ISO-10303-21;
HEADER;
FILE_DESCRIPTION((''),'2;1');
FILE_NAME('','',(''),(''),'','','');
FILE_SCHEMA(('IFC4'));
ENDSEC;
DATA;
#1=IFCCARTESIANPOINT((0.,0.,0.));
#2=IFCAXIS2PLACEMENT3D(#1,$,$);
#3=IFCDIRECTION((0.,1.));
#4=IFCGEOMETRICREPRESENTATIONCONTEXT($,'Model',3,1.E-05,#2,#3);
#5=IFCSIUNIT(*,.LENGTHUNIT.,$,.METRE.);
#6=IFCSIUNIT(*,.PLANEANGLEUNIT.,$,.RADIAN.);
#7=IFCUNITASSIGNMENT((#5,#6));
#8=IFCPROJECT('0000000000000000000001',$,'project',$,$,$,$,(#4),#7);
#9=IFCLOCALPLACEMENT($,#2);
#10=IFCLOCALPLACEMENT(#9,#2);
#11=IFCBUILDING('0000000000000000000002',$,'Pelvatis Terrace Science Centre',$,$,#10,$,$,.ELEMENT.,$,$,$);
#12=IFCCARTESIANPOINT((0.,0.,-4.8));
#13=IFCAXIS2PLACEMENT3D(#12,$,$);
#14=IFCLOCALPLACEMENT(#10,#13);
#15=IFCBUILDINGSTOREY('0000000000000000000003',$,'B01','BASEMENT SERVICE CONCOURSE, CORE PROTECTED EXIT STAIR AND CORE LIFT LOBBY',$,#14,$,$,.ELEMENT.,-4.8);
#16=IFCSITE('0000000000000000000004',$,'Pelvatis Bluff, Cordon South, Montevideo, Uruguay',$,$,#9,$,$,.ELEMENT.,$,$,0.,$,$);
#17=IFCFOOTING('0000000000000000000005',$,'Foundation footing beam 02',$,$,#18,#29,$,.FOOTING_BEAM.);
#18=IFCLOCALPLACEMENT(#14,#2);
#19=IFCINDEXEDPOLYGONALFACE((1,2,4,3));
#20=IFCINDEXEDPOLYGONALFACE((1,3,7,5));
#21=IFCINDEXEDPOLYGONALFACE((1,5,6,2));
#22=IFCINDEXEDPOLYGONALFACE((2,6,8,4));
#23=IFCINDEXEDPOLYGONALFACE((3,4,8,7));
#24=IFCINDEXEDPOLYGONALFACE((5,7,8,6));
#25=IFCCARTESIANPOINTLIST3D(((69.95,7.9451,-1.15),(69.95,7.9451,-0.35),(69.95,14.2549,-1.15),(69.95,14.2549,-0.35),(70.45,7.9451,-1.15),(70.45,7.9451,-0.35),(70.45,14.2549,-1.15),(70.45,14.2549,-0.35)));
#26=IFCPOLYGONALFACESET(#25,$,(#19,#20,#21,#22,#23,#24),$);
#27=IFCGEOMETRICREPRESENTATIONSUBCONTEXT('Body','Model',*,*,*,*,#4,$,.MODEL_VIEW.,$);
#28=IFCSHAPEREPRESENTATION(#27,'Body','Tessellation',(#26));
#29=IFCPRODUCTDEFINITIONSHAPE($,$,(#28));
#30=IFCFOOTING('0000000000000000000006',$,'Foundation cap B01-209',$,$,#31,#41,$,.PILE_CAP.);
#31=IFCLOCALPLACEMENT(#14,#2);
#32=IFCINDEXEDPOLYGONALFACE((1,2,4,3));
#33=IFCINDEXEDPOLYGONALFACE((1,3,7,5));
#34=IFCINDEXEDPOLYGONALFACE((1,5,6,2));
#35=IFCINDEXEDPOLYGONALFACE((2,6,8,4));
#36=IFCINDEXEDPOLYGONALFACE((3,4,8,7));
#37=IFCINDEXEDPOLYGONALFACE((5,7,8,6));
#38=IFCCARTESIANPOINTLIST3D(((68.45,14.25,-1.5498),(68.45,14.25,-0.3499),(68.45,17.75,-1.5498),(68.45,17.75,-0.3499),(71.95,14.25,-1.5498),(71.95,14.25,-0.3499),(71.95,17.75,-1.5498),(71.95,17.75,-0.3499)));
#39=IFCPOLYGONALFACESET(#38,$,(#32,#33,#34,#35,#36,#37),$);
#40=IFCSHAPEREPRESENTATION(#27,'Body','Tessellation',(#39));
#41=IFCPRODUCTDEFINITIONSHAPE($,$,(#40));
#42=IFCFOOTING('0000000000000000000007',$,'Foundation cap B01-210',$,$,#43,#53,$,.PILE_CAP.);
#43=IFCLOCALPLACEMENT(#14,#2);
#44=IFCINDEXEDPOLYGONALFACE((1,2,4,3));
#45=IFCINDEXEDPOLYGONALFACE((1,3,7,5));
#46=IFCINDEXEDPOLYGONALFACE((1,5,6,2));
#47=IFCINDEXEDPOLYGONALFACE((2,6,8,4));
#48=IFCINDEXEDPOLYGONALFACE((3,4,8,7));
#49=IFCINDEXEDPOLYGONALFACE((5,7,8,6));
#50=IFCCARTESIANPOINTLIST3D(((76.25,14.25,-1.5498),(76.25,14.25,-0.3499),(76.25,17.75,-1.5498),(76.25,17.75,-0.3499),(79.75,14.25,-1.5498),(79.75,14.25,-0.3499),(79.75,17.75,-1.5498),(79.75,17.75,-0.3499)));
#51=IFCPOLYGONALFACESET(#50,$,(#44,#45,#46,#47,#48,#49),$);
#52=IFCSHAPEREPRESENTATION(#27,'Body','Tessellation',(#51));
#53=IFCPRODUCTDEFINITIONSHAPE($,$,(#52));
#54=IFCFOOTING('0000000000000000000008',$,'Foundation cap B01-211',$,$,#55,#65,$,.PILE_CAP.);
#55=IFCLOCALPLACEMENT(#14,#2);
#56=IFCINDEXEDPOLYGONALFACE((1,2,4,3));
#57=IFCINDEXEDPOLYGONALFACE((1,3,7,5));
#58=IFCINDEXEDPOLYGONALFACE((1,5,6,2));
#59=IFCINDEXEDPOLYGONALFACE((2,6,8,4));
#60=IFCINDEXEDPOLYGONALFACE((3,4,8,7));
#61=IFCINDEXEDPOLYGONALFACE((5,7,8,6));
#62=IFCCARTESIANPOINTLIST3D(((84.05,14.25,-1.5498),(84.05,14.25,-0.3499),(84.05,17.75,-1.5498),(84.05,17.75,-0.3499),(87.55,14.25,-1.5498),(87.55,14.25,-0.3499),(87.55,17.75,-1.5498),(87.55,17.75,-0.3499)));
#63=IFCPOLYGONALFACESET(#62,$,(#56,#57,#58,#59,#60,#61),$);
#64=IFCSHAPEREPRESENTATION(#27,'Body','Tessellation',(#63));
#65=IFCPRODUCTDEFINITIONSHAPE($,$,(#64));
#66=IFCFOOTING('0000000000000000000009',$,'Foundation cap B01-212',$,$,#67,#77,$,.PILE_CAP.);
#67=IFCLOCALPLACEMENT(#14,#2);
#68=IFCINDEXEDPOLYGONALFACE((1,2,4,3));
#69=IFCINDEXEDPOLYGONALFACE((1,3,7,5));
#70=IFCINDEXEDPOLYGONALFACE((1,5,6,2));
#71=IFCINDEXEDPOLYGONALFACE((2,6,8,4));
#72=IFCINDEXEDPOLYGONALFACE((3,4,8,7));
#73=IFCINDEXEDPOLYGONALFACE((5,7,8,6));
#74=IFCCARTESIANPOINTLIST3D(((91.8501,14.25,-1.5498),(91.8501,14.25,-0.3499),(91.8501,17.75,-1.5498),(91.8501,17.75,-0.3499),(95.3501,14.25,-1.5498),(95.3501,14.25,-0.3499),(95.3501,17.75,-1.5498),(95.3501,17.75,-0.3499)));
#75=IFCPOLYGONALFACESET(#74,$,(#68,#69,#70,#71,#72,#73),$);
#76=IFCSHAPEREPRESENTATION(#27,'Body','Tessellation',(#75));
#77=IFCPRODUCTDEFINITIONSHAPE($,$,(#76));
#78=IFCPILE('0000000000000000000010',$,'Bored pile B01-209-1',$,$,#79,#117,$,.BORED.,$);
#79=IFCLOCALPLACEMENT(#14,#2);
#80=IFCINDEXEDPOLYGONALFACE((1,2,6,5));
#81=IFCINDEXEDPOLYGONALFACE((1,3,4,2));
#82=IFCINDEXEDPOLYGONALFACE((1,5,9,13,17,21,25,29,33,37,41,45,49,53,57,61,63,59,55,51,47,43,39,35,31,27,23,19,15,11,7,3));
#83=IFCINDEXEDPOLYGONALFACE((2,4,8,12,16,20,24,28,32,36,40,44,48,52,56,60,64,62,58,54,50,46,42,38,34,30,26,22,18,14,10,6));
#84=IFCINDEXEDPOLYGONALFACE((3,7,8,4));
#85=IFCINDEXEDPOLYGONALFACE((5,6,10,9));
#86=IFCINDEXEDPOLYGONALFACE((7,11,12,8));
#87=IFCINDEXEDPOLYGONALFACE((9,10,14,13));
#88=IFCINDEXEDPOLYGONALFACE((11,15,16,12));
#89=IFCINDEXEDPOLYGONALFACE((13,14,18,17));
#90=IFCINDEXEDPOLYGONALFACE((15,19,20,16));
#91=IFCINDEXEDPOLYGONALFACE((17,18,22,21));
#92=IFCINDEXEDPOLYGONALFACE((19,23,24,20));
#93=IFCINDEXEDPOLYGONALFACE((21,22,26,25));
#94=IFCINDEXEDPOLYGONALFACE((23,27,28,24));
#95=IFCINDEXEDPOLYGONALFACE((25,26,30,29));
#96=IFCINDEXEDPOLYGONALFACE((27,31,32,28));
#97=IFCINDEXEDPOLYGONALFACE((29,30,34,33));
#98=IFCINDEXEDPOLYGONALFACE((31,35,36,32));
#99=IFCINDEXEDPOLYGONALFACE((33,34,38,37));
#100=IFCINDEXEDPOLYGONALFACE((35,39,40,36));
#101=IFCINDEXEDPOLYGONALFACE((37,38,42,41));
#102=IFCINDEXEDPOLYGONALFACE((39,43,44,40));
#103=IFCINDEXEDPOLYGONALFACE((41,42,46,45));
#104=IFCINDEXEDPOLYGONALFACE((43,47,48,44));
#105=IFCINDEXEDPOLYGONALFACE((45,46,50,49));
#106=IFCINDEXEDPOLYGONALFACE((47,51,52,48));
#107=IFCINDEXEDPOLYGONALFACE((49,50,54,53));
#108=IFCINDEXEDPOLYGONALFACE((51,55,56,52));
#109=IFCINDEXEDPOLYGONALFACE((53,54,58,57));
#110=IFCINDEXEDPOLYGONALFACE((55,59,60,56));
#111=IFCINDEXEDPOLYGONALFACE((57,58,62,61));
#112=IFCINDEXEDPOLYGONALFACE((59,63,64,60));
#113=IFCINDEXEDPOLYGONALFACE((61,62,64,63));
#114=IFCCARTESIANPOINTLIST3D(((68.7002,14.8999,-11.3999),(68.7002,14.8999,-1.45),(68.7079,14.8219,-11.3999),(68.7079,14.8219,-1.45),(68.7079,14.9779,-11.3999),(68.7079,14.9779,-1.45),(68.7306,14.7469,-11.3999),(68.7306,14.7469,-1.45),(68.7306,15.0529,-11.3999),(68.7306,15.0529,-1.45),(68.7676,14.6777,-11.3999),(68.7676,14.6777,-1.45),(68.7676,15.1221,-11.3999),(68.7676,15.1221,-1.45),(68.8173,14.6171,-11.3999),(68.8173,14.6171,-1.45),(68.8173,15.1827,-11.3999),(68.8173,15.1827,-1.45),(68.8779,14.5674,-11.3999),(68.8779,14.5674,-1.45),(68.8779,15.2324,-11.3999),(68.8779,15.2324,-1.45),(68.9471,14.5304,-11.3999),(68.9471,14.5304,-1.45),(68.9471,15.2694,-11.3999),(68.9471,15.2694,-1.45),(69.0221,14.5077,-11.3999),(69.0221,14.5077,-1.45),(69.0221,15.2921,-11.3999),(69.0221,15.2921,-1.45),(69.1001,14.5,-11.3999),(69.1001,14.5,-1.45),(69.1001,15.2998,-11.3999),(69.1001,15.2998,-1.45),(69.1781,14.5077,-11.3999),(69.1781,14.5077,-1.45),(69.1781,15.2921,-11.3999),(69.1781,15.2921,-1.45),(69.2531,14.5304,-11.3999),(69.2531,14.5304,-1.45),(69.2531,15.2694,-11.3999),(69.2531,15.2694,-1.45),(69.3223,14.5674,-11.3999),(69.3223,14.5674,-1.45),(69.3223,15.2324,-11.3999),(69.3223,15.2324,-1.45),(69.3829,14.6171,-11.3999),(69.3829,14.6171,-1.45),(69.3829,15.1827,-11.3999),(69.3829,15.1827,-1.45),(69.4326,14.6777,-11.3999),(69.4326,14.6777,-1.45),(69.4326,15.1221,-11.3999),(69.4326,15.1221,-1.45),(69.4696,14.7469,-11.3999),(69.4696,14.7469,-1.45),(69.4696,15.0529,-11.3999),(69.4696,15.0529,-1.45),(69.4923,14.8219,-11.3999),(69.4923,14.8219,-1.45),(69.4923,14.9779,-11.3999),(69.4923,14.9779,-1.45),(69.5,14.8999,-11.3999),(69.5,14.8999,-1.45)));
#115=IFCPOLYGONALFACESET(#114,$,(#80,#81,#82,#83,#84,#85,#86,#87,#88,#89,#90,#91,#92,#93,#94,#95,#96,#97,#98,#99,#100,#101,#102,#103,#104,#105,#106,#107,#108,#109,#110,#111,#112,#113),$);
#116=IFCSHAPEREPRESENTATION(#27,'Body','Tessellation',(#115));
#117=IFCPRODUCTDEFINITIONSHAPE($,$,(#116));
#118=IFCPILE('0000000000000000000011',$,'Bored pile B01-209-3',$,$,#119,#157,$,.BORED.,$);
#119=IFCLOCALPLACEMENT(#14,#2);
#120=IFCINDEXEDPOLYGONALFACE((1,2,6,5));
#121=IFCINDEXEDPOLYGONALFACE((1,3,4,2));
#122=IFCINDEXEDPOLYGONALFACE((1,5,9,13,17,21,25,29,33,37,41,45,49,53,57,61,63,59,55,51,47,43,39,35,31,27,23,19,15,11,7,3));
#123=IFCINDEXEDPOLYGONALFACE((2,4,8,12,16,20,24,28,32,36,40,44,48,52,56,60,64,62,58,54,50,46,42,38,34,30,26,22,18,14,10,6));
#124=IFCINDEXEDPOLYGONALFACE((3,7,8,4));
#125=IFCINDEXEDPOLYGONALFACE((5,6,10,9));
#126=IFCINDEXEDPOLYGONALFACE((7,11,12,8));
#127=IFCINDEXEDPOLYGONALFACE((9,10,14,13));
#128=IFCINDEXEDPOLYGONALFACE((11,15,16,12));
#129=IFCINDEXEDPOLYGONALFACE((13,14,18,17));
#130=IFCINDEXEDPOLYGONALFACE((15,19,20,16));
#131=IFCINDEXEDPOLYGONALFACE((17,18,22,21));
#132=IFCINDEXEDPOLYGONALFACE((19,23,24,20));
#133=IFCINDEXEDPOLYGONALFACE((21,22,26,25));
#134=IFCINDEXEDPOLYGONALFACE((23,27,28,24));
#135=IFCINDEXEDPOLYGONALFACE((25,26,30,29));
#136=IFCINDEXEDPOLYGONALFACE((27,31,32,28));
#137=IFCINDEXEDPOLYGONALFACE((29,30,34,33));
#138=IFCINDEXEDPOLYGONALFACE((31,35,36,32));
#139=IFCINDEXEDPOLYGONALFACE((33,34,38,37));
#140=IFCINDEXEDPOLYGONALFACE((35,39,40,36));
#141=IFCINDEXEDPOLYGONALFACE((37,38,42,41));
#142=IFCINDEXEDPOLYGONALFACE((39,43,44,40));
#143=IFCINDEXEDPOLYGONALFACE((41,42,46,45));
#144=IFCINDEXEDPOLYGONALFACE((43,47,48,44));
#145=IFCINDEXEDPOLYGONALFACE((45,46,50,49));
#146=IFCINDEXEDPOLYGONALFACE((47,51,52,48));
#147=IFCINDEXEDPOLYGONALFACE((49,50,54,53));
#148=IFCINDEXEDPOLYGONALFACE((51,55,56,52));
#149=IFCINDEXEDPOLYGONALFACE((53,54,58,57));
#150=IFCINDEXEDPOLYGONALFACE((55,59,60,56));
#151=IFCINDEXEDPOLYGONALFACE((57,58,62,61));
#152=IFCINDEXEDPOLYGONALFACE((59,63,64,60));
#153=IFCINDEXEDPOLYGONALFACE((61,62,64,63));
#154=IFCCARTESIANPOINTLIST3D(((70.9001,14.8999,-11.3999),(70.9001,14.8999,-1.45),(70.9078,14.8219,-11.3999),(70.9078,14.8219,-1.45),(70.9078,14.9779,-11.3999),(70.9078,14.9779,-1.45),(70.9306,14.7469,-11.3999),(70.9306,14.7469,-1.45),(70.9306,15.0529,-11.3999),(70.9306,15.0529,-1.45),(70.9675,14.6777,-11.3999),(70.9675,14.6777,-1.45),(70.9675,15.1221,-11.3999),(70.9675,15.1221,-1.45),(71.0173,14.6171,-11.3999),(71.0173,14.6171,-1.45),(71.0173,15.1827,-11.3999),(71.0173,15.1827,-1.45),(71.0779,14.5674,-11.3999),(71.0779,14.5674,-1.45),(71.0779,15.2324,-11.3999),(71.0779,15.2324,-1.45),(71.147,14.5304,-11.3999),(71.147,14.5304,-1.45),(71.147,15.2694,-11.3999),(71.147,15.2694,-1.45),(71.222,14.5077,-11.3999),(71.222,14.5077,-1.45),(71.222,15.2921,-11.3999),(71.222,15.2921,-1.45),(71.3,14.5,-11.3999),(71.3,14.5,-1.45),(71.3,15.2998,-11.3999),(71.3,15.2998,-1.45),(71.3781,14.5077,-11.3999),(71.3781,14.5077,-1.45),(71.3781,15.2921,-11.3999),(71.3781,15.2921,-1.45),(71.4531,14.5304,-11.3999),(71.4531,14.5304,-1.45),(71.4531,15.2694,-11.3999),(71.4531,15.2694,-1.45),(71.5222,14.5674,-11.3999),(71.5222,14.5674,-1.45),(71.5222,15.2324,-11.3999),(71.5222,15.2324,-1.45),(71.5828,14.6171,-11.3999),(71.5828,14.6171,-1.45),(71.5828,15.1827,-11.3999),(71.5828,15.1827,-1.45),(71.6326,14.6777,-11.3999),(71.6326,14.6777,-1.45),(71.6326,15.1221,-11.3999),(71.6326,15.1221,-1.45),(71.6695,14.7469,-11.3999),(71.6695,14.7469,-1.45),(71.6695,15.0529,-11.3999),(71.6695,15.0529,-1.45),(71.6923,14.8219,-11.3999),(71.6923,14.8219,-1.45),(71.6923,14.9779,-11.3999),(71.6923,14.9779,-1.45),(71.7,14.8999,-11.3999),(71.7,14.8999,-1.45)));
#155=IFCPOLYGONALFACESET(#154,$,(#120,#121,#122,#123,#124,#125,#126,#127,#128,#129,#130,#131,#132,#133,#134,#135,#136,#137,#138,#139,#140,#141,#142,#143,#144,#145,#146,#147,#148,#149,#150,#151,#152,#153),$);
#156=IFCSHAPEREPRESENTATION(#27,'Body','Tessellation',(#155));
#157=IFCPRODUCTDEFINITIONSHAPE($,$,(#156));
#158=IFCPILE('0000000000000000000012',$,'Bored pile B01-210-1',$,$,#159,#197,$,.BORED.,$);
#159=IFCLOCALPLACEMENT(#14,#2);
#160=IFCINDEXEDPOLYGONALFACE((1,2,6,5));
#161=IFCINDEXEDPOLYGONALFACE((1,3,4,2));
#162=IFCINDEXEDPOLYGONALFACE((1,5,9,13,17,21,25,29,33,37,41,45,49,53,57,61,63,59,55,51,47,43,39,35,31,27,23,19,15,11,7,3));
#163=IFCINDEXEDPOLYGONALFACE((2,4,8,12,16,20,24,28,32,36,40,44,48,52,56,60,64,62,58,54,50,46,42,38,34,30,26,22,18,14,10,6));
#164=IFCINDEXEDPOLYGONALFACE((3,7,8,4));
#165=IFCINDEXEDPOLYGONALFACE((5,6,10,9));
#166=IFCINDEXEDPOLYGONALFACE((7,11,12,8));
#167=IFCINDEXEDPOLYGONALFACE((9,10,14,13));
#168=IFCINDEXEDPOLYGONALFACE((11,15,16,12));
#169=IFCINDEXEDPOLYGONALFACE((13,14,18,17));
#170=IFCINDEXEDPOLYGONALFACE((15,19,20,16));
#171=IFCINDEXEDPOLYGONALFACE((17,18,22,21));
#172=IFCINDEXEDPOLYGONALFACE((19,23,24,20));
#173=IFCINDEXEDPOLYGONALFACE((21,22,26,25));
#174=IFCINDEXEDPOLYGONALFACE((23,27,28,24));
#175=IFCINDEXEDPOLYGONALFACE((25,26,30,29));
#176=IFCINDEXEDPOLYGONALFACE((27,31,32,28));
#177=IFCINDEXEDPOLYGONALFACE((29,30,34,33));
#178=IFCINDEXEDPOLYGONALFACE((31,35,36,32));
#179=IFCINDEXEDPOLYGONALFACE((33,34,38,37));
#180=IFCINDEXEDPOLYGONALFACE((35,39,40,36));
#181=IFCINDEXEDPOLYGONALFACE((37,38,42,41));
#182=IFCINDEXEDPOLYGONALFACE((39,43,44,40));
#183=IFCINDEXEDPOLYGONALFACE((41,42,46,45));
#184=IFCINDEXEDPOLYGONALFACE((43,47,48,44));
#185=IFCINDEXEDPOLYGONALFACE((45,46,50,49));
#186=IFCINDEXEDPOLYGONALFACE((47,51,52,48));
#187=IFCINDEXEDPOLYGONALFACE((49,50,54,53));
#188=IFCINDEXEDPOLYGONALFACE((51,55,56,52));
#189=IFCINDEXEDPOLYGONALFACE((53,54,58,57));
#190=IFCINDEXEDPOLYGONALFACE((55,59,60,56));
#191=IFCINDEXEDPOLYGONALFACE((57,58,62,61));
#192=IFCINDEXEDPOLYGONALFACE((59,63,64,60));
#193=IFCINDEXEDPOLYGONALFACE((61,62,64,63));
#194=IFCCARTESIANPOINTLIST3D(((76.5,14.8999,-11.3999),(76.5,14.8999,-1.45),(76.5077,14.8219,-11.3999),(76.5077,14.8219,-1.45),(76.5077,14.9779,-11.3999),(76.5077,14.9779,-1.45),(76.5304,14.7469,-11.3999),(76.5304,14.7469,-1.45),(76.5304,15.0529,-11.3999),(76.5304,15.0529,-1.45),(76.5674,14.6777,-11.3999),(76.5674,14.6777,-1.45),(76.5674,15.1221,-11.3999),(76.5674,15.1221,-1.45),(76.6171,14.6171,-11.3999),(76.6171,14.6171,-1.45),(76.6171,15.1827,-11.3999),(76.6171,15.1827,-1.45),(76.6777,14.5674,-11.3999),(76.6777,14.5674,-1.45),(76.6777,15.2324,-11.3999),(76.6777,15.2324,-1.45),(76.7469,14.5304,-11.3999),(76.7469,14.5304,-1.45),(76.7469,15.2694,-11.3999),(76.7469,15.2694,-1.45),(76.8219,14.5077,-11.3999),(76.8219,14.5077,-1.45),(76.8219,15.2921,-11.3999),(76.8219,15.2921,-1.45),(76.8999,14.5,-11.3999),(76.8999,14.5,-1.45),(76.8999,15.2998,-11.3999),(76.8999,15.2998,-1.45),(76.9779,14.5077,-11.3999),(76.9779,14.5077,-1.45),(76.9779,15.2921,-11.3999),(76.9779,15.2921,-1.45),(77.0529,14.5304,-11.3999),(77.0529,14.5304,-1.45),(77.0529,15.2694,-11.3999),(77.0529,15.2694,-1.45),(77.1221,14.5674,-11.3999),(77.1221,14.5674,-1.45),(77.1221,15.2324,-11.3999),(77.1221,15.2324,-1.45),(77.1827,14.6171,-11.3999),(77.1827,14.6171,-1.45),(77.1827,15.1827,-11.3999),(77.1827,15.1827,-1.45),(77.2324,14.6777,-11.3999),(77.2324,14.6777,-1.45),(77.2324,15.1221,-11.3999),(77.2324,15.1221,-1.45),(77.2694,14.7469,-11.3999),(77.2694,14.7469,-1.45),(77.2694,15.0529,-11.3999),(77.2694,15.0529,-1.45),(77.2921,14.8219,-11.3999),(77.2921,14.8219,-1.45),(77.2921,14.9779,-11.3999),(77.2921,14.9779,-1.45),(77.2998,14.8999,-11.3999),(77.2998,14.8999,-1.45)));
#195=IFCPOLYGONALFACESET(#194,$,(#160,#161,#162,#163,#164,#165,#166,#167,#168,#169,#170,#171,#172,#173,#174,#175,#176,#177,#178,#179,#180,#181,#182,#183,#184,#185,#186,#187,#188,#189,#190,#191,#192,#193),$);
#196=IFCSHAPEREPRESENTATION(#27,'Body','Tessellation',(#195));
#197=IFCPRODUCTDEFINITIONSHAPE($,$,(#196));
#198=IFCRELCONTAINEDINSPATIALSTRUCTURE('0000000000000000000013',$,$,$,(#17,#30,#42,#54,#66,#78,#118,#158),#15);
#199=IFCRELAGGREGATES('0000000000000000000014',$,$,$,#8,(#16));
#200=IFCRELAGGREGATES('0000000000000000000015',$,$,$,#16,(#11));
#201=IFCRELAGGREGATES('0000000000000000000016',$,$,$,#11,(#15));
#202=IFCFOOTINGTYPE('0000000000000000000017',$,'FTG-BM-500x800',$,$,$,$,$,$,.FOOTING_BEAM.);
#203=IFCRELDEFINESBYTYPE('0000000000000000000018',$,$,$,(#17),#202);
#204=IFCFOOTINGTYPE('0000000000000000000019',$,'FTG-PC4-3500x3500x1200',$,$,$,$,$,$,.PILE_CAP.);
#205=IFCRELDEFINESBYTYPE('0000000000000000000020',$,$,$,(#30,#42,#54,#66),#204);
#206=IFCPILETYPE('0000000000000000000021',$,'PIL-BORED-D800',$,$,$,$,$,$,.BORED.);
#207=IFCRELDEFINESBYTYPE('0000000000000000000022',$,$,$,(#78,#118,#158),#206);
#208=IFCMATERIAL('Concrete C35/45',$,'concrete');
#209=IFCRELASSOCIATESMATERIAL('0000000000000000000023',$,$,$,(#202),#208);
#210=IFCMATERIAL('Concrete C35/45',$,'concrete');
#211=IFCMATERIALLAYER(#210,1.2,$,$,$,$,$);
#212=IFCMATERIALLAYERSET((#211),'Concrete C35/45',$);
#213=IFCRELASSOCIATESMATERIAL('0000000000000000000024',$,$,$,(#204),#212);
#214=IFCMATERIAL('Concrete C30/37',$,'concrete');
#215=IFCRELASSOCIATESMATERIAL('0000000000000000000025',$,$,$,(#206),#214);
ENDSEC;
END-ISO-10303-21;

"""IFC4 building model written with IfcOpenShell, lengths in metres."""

from ifc_helpers import new_model, si_unit, direction, frame, origin, origin_2d, place, context, subcontext, project, spatial, rectangle, circle, extrude, material, layer, layer_set, material_profile, profile_set, type_object, element, save


model = new_model("IFC4")

# Units and contexts
model_context = context("Model", 3, precision=1e-05, world=origin(), true_north=direction((0.0, 1.0)))
body_context = subcontext(model_context, "Body", "Model", "MODEL_VIEW")
ifc_project = project(units=[si_unit("LENGTHUNIT", "METRE"), si_unit("PLANEANGLEUNIT", "RADIAN")], contexts=[model_context])

# Site, building, storey
site_placement = place(None, origin())
site = spatial("IfcSite", under=ifc_project, at=site_placement, Name="Pelvatis Bluff, Cordon South, Montevideo, Uruguay", CompositionType="ELEMENT", RefElevation=0.0)
building_placement = place(site_placement, origin())
building = spatial("IfcBuilding", under=site, at=building_placement, Name="Pelvatis Terrace Science Centre", CompositionType="ELEMENT")
storey_placement = place(building_placement, frame((0.0, 0.0, -4.8)))
storey = spatial("IfcBuildingStorey", under=building, at=storey_placement, Name="B01", Description="BASEMENT SERVICE CONCOURSE, CORE PROTECTED EXIT STAIR AND CORE LIFT LOBBY", CompositionType="ELEMENT", Elevation=-4.8)

# Footings
ifc_material_1 = material(Name="Concrete C35/45", Category="concrete")
ifc_material_profile_1 = material_profile(ifc_material_1, rectangle(XDim=0.5, YDim=0.8, at=origin_2d()), Name="RC-FTB 500x800")
ifc_profile_set_1 = profile_set([ifc_material_profile_1], Name="Concrete C35/45")
footing_type_1 = type_object("IfcFootingType", Name="FTG-BM-500x800", PredefinedType="FOOTING_BEAM", material=ifc_profile_set_1)
footing_placement = place(storey_placement, frame((70.2, 7.9451, -0.75), z_axis=(0.0, 1.0, 0.0), x_axis=(-1.0, 0.0, 0.0)))
element("IfcFooting", 1, at=footing_placement, inside=storey, type_object=footing_type_1, Name="Foundation footing beam 02", PredefinedType="FOOTING_BEAM", context=body_context, shape_type="SweptSolid", body=[
    extrude(rectangle(XDim=0.5, YDim=0.8, at=origin_2d()), origin(), (0.0, 0.0, 1.0), 6.3098),
])
ifc_material_2 = material(Name="Concrete C35/45", Category="concrete")
ifc_layer = layer(ifc_material_2, 1.2)
ifc_layer_set = layer_set([ifc_layer], Name="Concrete C35/45")
footing_type_2 = type_object("IfcFootingType", Name="FTG-PC4-3500x3500x1200", PredefinedType="PILE_CAP", material=ifc_layer_set)
for number, where, z_axis, x_axis, name in (
    (2, (70.2, 16.0, -1.5498), (0.0, 0.0, 1.0), (1.0, 0.0, 0.0), "Foundation cap B01-209"),
    (3, (78.0, 16.0, -1.5498), (0.0, 0.0, 1.0), (1.0, 0.0, 0.0), "Foundation cap B01-210"),
    (4, (85.8, 16.0, -1.5498), (0.0, 0.0, 1.0), (1.0, 0.0, 0.0), "Foundation cap B01-211"),
    (5, (93.6001, 16.0, -1.5498), (0.0, 0.0, 1.0), (1.0, 0.0, 0.0), "Foundation cap B01-212"),
):
    element("IfcFooting", number, at=place(storey_placement, frame(where, z_axis=z_axis, x_axis=x_axis)), inside=storey, type_object=footing_type_2, Name=name, PredefinedType="PILE_CAP", context=body_context, shape_type="SweptSolid", body=[
        extrude(rectangle(XDim=3.5, YDim=3.5, at=origin_2d()), origin(), (0.0, 0.0, 1.0), 1.2),
    ])

# Piles
ifc_material_3 = material(Name="Concrete C30/37", Category="concrete")
ifc_material_profile_2 = material_profile(ifc_material_3, circle(Radius=0.3999, at=origin_2d()), Name="PILE D800")
ifc_profile_set_2 = profile_set([ifc_material_profile_2], Name="Concrete C30/37")
pile_type = type_object("IfcPileType", Name="PIL-BORED-D800", PredefinedType="BORED", material=ifc_profile_set_2)
for number, where, z_axis, x_axis, name in (
    (6, (69.1001, 14.8999, -1.45), (0.0, 0.0, -1.0), (1.0, 0.0, 0.0), "Bored pile B01-209-1"),
    (7, (71.3, 14.8999, -1.45), (0.0, 0.0, -1.0), (1.0, 0.0, 0.0), "Bored pile B01-209-3"),
    (8, (76.8999, 14.8999, -1.45), (0.0, 0.0, -1.0), (1.0, 0.0, 0.0), "Bored pile B01-210-1"),
):
    element("IfcPile", number, at=place(storey_placement, frame(where, z_axis=z_axis, x_axis=x_axis)), inside=storey, type_object=pile_type, Name=name, PredefinedType="BORED", context=body_context, shape_type="SweptSolid", body=[
        extrude(circle(Radius=0.3999, at=origin_2d()), origin(), (0.0, 0.0, 1.0), 9.95),
    ])

save(model, "model.ifc")
